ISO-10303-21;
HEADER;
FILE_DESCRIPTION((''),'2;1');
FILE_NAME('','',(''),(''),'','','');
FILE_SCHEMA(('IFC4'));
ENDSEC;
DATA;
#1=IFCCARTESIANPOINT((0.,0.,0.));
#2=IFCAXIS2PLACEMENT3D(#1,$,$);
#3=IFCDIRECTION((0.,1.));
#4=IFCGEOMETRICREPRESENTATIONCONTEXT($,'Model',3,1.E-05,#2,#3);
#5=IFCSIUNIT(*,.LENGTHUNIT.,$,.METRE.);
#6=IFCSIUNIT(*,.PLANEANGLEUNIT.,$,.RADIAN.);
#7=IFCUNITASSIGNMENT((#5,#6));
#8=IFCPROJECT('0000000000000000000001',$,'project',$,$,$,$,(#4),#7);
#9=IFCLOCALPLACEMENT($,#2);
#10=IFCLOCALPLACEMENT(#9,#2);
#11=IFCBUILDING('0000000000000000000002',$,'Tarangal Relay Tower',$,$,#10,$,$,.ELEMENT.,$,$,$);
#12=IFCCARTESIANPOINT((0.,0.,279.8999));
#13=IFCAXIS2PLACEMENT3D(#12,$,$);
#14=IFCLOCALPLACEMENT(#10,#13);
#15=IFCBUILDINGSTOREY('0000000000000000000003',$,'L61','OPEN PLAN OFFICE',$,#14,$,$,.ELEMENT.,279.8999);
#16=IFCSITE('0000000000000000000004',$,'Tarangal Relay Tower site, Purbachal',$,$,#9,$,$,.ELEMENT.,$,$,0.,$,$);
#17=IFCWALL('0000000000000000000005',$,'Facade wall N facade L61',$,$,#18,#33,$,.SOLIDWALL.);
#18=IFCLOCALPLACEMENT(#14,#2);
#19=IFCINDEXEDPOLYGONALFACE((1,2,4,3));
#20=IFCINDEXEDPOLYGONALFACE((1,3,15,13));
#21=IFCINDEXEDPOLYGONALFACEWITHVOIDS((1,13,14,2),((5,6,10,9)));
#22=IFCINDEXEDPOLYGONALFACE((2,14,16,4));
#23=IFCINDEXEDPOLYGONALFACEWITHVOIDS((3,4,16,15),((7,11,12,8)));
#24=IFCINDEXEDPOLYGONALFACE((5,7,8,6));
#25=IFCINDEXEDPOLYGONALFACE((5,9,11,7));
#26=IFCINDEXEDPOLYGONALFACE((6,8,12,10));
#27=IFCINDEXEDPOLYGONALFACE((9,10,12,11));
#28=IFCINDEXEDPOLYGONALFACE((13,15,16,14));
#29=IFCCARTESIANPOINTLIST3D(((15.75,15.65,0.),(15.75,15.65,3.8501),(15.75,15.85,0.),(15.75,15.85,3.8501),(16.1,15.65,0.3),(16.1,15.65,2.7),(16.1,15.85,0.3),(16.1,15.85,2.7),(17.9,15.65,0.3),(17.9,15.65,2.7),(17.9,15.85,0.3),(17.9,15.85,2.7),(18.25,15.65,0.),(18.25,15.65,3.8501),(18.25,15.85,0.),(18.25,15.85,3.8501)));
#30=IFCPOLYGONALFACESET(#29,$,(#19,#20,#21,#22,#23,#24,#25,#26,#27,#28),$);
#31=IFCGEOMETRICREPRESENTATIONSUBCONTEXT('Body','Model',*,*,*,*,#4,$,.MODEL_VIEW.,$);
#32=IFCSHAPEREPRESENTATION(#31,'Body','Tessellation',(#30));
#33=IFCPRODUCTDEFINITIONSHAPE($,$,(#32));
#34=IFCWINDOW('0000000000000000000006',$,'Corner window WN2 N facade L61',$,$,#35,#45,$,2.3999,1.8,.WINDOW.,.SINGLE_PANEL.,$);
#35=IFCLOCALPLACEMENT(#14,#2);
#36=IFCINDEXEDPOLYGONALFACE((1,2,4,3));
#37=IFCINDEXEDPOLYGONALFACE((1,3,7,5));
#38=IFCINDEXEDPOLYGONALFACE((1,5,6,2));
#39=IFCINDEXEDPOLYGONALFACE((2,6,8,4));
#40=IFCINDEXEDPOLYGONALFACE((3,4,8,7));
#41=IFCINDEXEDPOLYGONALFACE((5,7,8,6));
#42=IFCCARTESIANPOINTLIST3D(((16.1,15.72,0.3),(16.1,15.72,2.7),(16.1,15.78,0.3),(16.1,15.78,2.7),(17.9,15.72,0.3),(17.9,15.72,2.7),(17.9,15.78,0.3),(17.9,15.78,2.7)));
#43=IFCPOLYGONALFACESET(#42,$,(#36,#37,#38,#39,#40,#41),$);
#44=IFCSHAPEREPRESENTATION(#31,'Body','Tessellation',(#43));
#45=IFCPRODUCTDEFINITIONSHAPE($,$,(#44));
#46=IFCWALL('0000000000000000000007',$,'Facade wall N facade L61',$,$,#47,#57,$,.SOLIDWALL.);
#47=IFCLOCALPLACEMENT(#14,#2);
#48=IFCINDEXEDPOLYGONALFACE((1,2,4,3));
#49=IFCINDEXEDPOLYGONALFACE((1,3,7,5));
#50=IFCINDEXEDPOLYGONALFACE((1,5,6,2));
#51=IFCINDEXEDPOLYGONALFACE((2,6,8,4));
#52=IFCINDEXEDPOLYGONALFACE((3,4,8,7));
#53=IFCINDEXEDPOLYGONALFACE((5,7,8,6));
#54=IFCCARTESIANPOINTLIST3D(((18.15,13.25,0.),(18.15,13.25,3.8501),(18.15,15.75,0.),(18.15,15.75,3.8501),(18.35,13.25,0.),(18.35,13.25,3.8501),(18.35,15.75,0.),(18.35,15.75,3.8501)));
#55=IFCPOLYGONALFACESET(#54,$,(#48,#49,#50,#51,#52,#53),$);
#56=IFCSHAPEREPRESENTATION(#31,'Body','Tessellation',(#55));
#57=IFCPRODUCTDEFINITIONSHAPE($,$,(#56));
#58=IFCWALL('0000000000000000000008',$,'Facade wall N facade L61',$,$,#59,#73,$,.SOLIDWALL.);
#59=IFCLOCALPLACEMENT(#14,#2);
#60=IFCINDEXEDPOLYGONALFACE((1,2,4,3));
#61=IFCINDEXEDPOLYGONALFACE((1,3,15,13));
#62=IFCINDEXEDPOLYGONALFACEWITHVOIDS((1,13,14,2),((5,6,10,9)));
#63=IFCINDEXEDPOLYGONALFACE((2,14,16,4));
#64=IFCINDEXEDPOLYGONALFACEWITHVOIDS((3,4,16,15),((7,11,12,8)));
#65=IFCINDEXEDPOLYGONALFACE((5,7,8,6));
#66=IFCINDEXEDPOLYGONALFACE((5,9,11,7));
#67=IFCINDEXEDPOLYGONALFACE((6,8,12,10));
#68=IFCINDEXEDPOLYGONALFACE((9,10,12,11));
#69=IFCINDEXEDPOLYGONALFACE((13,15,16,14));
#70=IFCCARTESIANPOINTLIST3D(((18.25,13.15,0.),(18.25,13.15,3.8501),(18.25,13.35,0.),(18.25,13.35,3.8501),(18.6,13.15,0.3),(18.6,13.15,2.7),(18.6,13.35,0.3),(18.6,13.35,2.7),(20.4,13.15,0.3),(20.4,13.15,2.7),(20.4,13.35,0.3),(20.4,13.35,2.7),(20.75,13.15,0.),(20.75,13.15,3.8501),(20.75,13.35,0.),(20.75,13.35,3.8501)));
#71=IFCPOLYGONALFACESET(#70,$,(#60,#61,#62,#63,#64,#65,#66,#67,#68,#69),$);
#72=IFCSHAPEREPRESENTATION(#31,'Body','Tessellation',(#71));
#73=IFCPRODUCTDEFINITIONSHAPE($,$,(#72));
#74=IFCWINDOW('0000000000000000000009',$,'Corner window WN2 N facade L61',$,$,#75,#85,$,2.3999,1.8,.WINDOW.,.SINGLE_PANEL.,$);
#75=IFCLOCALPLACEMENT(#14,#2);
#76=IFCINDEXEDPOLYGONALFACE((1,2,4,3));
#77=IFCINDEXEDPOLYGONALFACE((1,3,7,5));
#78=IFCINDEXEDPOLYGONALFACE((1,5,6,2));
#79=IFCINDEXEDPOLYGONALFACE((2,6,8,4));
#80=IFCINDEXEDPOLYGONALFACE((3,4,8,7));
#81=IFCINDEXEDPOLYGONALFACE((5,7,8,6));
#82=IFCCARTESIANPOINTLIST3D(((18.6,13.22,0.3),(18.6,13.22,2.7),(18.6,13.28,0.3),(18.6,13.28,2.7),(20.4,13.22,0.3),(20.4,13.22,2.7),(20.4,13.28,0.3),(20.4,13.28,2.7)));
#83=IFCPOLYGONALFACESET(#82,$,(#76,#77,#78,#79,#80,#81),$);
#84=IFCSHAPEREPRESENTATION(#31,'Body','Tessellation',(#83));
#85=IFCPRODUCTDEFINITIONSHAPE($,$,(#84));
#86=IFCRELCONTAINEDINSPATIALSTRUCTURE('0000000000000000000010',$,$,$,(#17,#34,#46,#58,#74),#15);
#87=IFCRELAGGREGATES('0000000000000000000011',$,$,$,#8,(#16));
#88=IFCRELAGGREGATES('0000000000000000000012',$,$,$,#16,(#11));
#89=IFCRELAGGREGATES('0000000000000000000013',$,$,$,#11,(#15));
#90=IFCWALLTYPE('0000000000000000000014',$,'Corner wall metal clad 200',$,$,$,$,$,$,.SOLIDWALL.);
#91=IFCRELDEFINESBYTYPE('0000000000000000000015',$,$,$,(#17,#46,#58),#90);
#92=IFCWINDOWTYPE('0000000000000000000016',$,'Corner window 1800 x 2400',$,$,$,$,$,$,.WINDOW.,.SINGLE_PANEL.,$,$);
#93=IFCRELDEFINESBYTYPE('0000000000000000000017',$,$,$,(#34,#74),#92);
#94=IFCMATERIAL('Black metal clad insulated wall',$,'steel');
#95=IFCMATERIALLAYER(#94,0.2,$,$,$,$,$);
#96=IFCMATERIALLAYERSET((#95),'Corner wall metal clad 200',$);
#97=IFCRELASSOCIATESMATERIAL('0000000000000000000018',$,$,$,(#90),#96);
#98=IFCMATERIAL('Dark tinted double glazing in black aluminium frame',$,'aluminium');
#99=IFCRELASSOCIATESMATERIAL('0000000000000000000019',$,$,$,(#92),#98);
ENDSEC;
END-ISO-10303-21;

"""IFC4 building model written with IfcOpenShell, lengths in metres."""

from ifc_helpers import new_model, si_unit, direction, frame, frame_2d, origin, place, context, subcontext, project, spatial, rectangle, extrude, material, layer, layer_set, type_object, element, fill, save


model = new_model("IFC4")

# Units and contexts
model_context = context("Model", 3, precision=1e-05, world=origin(), true_north=direction((0.0, 1.0)))
body_context = subcontext(model_context, "Body", "Model", "MODEL_VIEW")
ifc_project = project(units=[si_unit("LENGTHUNIT", "METRE"), si_unit("PLANEANGLEUNIT", "RADIAN")], contexts=[model_context])

# Site, building, storey
site_placement = place(None, origin())
site = spatial("IfcSite", under=ifc_project, at=site_placement, Name="Tarangal Relay Tower site, Purbachal", CompositionType="ELEMENT", RefElevation=0.0)
building_placement = place(site_placement, origin())
building = spatial("IfcBuilding", under=site, at=building_placement, Name="Tarangal Relay Tower", CompositionType="ELEMENT")
storey_placement = place(building_placement, frame((0.0, 0.0, 279.8999)))
storey = spatial("IfcBuildingStorey", under=building, at=storey_placement, Name="L61", Description="OPEN PLAN OFFICE", CompositionType="ELEMENT", Elevation=279.8999)

# Shared definitions
ifc_material_1 = material(Name="Black metal clad insulated wall", Category="steel")
ifc_layer_1 = layer(ifc_material_1, 0.2)
ifc_layer_set_1 = layer_set([ifc_layer_1], Name="Corner wall metal clad 200")
wall_type_1 = type_object("IfcWallType", Name="Corner wall metal clad 200", PredefinedType="SOLIDWALL", material=ifc_layer_set_1)

# Shared definitions
ifc_material_2 = material(Name="Dark tinted double glazing in black aluminium frame", Category="aluminium")
window_type = type_object("IfcWindowType", Name="Corner window 1800 x 2400", PartitioningType="SINGLE_PANEL", PredefinedType="WINDOW", material=ifc_material_2)

# Wall, opening, window
wall_1_placement = place(storey_placement, frame((15.75, 15.75, 0.0), z_axis=(0.0, 0.0, 1.0), x_axis=(1.0, 0.0, 0.0)))
wall_1 = element("IfcWall", 1, at=wall_1_placement, inside=storey, type_object=wall_type_1, Name="Facade wall N facade L61", PredefinedType="SOLIDWALL", context=body_context, shape_type="SweptSolid", body=[
    extrude(rectangle(XDim=2.5, YDim=0.2, at=frame_2d((1.25, 0.0))), origin(), (0.0, 0.0, 1.0), 3.8501),
])
opening_1_placement = place(wall_1_placement, frame((0.3501, 0.0, 0.3)))
opening_1 = element("IfcOpeningElement", 2, at=opening_1_placement, cuts=wall_1, PredefinedType="OPENING", context=body_context, shape_type="SweptSolid", body=[
    extrude(rectangle(XDim=1.8, YDim=2.3999, at=frame_2d((0.8999, 1.2))), frame((0.0, 0.1099, 0.0), z_axis=(0.0, -1.0, 0.0), x_axis=(1.0, 0.0, 0.0)), (0.0, 0.0, 1.0), 0.22),
])
window_1_placement = place(opening_1_placement, origin())
window_1 = element("IfcWindow", 3, at=window_1_placement, inside=storey, type_object=window_type, Name="Corner window WN2 N facade L61", OverallHeight=2.3999, OverallWidth=1.8, PartitioningType="SINGLE_PANEL", PredefinedType="WINDOW", context=body_context, shape_type="SweptSolid", body=[
    extrude(rectangle(XDim=1.8, YDim=2.3999, at=frame_2d((0.8999, 1.2))), frame((0.0, 0.03, 0.0), z_axis=(0.0, -1.0, 0.0), x_axis=(1.0, 0.0, 0.0)), (0.0, 0.0, 1.0), 0.0601),
])
fill(opening_1, window_1)

# Wall
wall_2_placement = place(storey_placement, frame((18.25, 15.75, 0.0), z_axis=(0.0, 0.0, 1.0), x_axis=(0.0, -1.0, 0.0)))
element("IfcWall", 4, at=wall_2_placement, inside=storey, type_object=wall_type_1, Name="Facade wall N facade L61", PredefinedType="SOLIDWALL", context=body_context, shape_type="SweptSolid", body=[
    extrude(rectangle(XDim=2.5, YDim=0.2, at=frame_2d((1.25, 0.0))), origin(), (0.0, 0.0, 1.0), 3.8501),
])

# Wall, opening, window
wall_3_placement = place(storey_placement, frame((18.25, 13.25, 0.0), z_axis=(0.0, 0.0, 1.0), x_axis=(1.0, 0.0, 0.0)))
wall_3 = element("IfcWall", 5, at=wall_3_placement, inside=storey, type_object=wall_type_1, Name="Facade wall N facade L61", PredefinedType="SOLIDWALL", context=body_context, shape_type="SweptSolid", body=[
    extrude(rectangle(XDim=2.5, YDim=0.2, at=frame_2d((1.25, 0.0))), origin(), (0.0, 0.0, 1.0), 3.8501),
])
opening_2_placement = place(wall_3_placement, frame((0.3501, 0.0, 0.3)))
opening_2 = element("IfcOpeningElement", 6, at=opening_2_placement, cuts=wall_3, PredefinedType="OPENING", context=body_context, shape_type="SweptSolid", body=[
    extrude(rectangle(XDim=1.8, YDim=2.3999, at=frame_2d((0.8999, 1.2))), frame((0.0, 0.1099, 0.0), z_axis=(0.0, -1.0, 0.0), x_axis=(1.0, 0.0, 0.0)), (0.0, 0.0, 1.0), 0.22),
])
window_2_placement = place(opening_2_placement, origin())
window_2 = element("IfcWindow", 7, at=window_2_placement, inside=storey, type_object=window_type, Name="Corner window WN2 N facade L61", OverallHeight=2.3999, OverallWidth=1.8, PartitioningType="SINGLE_PANEL", PredefinedType="WINDOW", context=body_context, shape_type="SweptSolid", body=[
    extrude(rectangle(XDim=1.8, YDim=2.3999, at=frame_2d((0.8999, 1.2))), frame((0.0, 0.03, 0.0), z_axis=(0.0, -1.0, 0.0), x_axis=(1.0, 0.0, 0.0)), (0.0, 0.0, 1.0), 0.0601),
])
fill(opening_2, window_2)

save(model, "model.ifc")
